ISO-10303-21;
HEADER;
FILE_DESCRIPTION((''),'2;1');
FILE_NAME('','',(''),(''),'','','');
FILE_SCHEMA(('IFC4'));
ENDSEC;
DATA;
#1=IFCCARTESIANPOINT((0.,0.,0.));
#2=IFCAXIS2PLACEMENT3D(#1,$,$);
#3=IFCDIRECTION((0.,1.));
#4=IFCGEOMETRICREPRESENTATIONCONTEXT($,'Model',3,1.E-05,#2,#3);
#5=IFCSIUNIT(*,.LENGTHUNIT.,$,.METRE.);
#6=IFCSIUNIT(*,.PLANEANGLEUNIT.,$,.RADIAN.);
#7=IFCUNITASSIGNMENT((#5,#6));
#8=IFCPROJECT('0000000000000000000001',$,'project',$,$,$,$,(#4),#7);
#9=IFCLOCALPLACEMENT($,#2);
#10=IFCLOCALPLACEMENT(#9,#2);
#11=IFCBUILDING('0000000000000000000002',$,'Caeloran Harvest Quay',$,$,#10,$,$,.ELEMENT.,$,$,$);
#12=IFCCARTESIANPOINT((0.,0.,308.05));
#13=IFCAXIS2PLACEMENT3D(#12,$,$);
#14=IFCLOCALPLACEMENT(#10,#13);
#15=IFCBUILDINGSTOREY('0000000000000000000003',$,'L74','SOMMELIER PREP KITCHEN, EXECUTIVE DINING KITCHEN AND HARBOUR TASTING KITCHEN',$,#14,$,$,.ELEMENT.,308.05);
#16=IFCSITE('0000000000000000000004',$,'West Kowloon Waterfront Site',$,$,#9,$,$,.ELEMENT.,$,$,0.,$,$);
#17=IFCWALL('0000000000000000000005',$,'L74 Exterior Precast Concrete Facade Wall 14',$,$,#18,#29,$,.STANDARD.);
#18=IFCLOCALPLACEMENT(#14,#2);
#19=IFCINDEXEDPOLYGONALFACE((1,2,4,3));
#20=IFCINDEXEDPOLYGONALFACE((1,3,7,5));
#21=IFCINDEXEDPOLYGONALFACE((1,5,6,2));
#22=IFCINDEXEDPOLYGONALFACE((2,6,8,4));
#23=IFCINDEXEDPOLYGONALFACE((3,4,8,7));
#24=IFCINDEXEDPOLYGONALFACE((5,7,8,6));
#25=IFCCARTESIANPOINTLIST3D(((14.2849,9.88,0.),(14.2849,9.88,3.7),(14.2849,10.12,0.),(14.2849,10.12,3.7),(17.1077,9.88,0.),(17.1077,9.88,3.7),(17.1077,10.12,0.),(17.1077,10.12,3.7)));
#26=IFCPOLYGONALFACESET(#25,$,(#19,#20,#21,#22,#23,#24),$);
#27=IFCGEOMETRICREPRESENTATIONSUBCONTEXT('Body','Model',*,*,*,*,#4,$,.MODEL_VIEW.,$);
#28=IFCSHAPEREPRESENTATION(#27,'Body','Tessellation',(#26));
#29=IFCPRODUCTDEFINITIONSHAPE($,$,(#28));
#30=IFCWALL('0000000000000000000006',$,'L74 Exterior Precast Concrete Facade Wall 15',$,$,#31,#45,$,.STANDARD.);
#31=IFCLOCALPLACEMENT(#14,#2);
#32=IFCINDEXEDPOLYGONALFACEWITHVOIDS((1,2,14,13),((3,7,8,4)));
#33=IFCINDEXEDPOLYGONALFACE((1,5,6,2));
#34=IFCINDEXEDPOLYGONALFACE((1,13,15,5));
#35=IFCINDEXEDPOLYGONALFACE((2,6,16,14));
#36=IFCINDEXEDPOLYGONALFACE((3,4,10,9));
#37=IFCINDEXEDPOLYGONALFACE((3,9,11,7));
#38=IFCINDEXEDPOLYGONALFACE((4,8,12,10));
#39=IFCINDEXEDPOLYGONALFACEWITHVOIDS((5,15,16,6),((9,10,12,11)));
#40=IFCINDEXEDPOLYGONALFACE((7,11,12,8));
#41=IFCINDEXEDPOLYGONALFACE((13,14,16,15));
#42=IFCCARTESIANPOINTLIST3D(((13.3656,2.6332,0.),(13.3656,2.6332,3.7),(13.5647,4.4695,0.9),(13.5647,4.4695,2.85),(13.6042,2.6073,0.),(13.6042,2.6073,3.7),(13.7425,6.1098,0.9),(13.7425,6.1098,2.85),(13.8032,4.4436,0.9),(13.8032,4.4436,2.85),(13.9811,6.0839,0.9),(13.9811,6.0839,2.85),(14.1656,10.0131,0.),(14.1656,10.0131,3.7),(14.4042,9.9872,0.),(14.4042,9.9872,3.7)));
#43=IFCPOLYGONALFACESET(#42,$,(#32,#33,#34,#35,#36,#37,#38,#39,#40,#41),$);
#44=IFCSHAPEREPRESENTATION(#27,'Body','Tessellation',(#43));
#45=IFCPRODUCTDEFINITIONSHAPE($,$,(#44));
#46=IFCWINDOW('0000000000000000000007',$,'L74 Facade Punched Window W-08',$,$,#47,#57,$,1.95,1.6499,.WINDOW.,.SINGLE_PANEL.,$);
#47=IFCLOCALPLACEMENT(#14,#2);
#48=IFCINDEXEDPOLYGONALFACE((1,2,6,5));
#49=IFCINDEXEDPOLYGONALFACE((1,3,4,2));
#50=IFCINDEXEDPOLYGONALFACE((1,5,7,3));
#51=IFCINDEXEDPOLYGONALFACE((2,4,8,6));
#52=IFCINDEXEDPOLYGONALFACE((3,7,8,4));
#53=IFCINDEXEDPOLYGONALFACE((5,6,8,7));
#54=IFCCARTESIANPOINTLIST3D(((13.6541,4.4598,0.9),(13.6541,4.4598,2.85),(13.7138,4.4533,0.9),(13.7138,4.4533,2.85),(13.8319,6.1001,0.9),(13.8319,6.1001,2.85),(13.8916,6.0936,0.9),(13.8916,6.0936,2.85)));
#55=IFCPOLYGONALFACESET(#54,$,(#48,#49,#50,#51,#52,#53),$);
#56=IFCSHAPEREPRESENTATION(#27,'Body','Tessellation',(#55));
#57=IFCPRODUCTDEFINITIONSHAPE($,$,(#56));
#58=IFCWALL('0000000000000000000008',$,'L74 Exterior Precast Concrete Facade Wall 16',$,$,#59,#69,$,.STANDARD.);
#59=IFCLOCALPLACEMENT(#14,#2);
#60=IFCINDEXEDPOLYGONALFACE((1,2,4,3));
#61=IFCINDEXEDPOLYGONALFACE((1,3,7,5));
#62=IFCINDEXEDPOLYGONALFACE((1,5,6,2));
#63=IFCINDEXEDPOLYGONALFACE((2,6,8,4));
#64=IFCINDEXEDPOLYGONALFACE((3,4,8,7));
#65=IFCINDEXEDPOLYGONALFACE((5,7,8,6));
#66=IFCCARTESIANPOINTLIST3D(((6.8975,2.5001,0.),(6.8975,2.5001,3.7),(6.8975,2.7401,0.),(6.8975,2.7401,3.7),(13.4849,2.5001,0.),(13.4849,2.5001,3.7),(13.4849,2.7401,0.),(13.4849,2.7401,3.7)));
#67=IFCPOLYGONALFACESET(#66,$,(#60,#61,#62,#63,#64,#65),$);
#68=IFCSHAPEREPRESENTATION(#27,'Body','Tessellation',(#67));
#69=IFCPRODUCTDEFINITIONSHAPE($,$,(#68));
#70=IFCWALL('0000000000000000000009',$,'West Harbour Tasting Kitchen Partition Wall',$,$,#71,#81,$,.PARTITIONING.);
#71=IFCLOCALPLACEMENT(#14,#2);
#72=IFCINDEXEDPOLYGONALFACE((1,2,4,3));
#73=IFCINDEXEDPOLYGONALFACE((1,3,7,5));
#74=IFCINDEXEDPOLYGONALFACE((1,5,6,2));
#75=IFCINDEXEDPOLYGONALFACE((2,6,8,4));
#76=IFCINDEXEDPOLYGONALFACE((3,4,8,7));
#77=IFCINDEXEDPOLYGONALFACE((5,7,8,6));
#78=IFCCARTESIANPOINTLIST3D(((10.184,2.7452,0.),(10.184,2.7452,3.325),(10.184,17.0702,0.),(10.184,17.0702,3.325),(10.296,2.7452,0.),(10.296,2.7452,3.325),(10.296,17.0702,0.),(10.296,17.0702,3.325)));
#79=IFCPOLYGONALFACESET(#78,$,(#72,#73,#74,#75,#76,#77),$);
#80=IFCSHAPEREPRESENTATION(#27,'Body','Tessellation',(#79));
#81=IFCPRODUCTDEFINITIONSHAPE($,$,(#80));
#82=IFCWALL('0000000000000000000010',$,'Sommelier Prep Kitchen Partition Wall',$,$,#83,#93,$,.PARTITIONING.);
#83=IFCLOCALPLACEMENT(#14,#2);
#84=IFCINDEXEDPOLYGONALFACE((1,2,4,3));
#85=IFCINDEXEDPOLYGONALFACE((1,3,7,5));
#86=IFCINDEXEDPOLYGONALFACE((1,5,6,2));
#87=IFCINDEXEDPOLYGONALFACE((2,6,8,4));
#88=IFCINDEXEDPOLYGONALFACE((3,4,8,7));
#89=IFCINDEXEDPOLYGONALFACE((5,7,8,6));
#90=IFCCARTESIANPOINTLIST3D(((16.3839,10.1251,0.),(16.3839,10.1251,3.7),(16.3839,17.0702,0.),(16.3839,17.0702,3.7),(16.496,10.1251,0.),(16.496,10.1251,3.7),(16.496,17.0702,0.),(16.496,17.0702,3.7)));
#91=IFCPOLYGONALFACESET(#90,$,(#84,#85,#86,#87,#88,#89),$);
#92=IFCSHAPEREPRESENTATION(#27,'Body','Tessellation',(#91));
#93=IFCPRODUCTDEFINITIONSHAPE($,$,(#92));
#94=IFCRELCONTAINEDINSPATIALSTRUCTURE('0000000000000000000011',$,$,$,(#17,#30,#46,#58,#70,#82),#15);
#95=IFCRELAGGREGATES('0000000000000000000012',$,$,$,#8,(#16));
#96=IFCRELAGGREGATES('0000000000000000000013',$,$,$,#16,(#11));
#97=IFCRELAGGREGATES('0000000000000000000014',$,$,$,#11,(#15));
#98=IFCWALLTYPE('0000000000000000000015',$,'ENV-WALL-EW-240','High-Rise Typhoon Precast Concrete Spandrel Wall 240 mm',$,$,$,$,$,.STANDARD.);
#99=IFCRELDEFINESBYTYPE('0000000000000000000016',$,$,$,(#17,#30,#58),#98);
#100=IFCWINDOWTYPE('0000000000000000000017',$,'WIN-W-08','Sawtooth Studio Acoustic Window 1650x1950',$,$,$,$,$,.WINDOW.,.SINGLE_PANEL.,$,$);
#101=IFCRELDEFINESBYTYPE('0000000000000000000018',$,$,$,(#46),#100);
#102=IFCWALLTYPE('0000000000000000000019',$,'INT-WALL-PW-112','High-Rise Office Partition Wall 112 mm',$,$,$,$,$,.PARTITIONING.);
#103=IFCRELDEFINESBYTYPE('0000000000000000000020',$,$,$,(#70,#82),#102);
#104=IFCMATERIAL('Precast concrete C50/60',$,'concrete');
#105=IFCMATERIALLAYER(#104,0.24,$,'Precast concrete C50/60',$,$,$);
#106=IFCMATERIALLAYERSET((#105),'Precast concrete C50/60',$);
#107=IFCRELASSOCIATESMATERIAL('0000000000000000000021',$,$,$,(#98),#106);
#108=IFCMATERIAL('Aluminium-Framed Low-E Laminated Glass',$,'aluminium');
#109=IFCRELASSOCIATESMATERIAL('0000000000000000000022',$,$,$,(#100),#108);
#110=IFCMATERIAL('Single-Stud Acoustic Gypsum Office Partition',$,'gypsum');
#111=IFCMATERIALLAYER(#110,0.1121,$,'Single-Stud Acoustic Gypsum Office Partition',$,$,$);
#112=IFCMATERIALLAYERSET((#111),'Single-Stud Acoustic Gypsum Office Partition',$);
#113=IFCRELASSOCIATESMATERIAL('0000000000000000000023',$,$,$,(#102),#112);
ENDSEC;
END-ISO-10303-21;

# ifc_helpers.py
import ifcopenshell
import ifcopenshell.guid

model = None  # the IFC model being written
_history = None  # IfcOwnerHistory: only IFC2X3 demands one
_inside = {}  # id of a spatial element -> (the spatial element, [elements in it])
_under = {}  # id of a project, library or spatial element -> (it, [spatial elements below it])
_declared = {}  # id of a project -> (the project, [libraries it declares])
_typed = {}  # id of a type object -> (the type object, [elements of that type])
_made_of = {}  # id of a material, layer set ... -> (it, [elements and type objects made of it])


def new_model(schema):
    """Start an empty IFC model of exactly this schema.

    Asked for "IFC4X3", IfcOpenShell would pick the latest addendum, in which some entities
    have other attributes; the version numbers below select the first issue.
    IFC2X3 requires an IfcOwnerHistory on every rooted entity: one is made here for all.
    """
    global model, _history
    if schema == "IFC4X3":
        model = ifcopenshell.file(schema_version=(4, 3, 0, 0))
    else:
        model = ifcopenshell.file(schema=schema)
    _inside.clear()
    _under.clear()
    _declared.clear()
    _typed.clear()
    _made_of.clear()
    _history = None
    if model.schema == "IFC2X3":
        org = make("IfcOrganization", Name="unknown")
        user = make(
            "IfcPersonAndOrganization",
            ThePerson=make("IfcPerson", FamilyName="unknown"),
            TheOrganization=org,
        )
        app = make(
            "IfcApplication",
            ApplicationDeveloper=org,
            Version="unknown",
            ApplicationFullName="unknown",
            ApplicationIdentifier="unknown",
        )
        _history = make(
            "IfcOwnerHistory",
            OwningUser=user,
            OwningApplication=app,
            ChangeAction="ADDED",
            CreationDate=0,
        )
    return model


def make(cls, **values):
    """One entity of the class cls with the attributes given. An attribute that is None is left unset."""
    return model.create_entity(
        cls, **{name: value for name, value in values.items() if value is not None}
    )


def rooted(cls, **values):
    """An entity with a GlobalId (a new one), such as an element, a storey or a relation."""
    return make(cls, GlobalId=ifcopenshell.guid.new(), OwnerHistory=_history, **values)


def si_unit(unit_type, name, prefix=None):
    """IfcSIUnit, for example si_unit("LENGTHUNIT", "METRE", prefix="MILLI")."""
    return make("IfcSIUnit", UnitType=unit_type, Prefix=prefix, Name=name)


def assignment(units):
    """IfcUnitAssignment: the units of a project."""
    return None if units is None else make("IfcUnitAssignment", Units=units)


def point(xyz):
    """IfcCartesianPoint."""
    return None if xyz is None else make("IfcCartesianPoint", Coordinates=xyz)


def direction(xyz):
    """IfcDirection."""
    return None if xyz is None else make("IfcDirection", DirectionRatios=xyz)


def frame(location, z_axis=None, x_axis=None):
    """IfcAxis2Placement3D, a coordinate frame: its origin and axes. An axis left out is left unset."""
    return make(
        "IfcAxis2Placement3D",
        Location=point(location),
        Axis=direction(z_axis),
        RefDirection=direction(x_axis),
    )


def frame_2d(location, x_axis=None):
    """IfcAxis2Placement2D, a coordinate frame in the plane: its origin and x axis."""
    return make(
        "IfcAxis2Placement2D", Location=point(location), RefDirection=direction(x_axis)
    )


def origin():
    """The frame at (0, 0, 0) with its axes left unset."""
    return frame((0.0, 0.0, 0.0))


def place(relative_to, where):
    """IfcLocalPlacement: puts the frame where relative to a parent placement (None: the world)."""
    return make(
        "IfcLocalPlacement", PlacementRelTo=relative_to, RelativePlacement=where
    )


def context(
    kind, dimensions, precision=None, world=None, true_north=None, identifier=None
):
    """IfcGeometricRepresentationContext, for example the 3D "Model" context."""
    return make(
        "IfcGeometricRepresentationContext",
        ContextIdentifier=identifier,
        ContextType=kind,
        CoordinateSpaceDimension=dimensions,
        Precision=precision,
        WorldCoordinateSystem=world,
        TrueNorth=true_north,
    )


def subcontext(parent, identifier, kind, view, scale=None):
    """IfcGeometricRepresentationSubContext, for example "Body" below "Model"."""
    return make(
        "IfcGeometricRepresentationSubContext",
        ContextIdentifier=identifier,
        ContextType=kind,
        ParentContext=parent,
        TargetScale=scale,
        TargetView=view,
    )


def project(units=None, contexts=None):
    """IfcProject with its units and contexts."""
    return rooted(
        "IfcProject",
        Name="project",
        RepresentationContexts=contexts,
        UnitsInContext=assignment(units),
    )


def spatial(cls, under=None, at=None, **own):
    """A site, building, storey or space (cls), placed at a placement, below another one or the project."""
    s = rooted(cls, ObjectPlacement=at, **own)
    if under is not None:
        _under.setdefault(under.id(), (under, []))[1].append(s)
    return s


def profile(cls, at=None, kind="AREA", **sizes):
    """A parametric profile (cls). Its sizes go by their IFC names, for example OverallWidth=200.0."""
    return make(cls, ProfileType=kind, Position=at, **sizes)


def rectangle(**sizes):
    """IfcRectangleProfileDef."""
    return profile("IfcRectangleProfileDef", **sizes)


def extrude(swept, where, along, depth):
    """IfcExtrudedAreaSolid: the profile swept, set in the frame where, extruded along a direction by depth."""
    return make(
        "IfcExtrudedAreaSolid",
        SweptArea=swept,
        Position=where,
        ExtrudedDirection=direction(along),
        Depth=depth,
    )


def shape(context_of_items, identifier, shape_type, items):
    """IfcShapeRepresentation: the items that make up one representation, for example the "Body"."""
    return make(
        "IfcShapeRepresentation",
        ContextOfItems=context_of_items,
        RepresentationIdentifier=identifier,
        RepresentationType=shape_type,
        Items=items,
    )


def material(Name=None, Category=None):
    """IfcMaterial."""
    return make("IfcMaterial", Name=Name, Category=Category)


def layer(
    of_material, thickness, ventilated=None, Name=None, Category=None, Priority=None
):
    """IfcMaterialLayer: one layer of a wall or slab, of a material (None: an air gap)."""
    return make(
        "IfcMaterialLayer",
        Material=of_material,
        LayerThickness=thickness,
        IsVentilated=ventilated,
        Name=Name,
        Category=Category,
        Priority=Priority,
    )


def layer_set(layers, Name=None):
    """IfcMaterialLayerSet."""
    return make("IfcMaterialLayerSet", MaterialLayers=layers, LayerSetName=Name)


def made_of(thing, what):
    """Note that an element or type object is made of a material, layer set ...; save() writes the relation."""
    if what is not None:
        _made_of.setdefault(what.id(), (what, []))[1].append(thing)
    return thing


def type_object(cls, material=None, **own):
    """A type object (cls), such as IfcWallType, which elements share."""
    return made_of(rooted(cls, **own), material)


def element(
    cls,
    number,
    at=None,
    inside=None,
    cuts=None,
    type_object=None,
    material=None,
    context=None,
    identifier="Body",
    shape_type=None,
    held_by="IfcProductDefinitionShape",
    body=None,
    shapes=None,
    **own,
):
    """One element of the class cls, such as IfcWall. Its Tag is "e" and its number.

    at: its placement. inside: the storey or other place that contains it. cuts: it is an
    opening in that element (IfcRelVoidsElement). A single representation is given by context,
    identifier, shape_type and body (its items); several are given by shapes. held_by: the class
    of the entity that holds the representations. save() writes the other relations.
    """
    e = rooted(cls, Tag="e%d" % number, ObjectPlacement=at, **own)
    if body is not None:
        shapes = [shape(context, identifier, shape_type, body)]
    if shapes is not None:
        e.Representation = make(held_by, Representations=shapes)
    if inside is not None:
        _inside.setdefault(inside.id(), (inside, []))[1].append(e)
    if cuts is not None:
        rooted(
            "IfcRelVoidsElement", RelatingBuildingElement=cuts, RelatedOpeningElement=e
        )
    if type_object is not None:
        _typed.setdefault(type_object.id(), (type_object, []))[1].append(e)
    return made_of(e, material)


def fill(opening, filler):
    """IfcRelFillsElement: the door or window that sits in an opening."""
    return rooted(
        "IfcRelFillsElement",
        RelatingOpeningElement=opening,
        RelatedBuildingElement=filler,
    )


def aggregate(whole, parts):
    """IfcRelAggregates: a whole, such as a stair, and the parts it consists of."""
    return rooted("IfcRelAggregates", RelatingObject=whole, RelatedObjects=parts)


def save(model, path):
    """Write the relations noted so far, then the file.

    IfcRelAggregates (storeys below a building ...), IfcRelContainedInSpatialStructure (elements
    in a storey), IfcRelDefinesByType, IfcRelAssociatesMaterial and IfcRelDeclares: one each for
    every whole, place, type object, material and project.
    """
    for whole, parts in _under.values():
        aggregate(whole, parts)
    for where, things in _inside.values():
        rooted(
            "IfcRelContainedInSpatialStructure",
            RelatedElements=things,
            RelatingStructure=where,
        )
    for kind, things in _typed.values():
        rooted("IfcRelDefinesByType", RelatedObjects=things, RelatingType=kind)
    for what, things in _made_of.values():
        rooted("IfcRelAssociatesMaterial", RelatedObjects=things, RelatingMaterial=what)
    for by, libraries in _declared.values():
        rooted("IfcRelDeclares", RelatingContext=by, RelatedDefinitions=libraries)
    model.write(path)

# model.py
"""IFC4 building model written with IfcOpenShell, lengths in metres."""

from ifc_helpers import new_model, si_unit, direction, frame, frame_2d, origin, place, context, subcontext, project, spatial, rectangle, extrude, material, layer, layer_set, type_object, element, fill, save


model = new_model("IFC4")

# Units and contexts
model_context = context("Model", 3, precision=1e-05, world=origin(), true_north=direction((0.0, 1.0)))
body_context = subcontext(model_context, "Body", "Model", "MODEL_VIEW")
ifc_project = project(units=[si_unit("LENGTHUNIT", "METRE"), si_unit("PLANEANGLEUNIT", "RADIAN")], contexts=[model_context])

# Site, building, storey
site_placement = place(None, origin())
site = spatial("IfcSite", under=ifc_project, at=site_placement, Name="West Kowloon Waterfront Site", CompositionType="ELEMENT", RefElevation=0.0)
building_placement = place(site_placement, origin())
building = spatial("IfcBuilding", under=site, at=building_placement, Name="Caeloran Harvest Quay", CompositionType="ELEMENT")
storey_placement = place(building_placement, frame((0.0, 0.0, 308.05)))
storey = spatial("IfcBuildingStorey", under=building, at=storey_placement, Name="L74", Description="SOMMELIER PREP KITCHEN, EXECUTIVE DINING KITCHEN AND HARBOUR TASTING KITCHEN", CompositionType="ELEMENT", Elevation=308.05)

# Wall
ifc_material_1 = material(Name="Precast concrete C50/60", Category="concrete")
ifc_layer_1 = layer(ifc_material_1, 0.24, Name="Precast concrete C50/60")
ifc_layer_set_1 = layer_set([ifc_layer_1], Name="Precast concrete C50/60")
wall_type_1 = type_object("IfcWallType", Name="ENV-WALL-EW-240", Description="High-Rise Typhoon Precast Concrete Spandrel Wall 240 mm", PredefinedType="STANDARD", material=ifc_layer_set_1)
wall_1_placement = place(storey_placement, frame((17.1077, 10.0, 0.0), z_axis=(0.0, 0.0, 1.0), x_axis=(-1.0, 0.0, 0.0)))
element("IfcWall", 1, at=wall_1_placement, inside=storey, type_object=wall_type_1, Name="L74 Exterior Precast Concrete Facade Wall 14", PredefinedType="STANDARD", context=body_context, shape_type="SweptSolid", body=[
    extrude(rectangle(XDim=2.8228, YDim=0.24, at=frame_2d((1.4114, 0.0))), origin(), (0.0, 0.0, 1.0), 3.7),
])

# Wall, opening, window
wall_2_placement = place(storey_placement, frame((14.2849, 10.0, 0.0), z_axis=(0.0, 0.0, 1.0), x_axis=(-0.107778, -0.994175, 0.0)))
wall_2 = element("IfcWall", 2, at=wall_2_placement, inside=storey, type_object=wall_type_1, Name="L74 Exterior Precast Concrete Facade Wall 15", PredefinedType="STANDARD", context=body_context, shape_type="SweptSolid", body=[
    extrude(rectangle(XDim=7.4231, YDim=0.24, at=frame_2d((3.7114, 0.0))), origin(), (0.0, 0.0, 1.0), 3.7),
])
opening_placement = place(wall_2_placement, frame((3.926, 0.0, 0.8999)))
opening = element("IfcOpeningElement", 3, at=opening_placement, cuts=wall_2, PredefinedType="OPENING", context=body_context, shape_type="SweptSolid", body=[
    extrude(rectangle(XDim=1.6499, YDim=1.95, at=frame_2d((0.825, 0.9751))), frame((0.0, 0.1299, 0.0), z_axis=(0.0, -1.0, 0.0), x_axis=(1.0, 0.0, 0.0)), (0.0, 0.0, 1.0), 0.26),
])
ifc_material_2 = material(Name="Aluminium-Framed Low-E Laminated Glass", Category="aluminium")
window_type = type_object("IfcWindowType", Name="WIN-W-08", Description="Sawtooth Studio Acoustic Window 1650x1950", PartitioningType="SINGLE_PANEL", PredefinedType="WINDOW", material=ifc_material_2)
window_placement = place(opening_placement, origin())
window = element("IfcWindow", 4, at=window_placement, inside=storey, type_object=window_type, Name="L74 Facade Punched Window W-08", OverallHeight=1.95, OverallWidth=1.6499, PartitioningType="SINGLE_PANEL", PredefinedType="WINDOW", context=body_context, shape_type="SweptSolid", body=[
    extrude(rectangle(XDim=1.6499, YDim=1.95, at=frame_2d((0.825, 0.9751))), frame((0.0, 0.03, 0.0), z_axis=(0.0, -1.0, 0.0), x_axis=(1.0, 0.0, 0.0)), (0.0, 0.0, 1.0), 0.0601),
])
fill(opening, window)

# Walls
wall_3_placement = place(storey_placement, frame((13.4849, 2.6201, 0.0), z_axis=(0.0, 0.0, 1.0), x_axis=(-1.0, 0.0, 0.0)))
element("IfcWall", 5, at=wall_3_placement, inside=storey, type_object=wall_type_1, Name="L74 Exterior Precast Concrete Facade Wall 16", PredefinedType="STANDARD", context=body_context, shape_type="SweptSolid", body=[
    extrude(rectangle(XDim=6.5874, YDim=0.24, at=frame_2d((3.2937, 0.0))), origin(), (0.0, 0.0, 1.0), 3.7),
])
ifc_material_3 = material(Name="Single-Stud Acoustic Gypsum Office Partition", Category="gypsum")
ifc_layer_2 = layer(ifc_material_3, 0.1121, Name="Single-Stud Acoustic Gypsum Office Partition")
ifc_layer_set_2 = layer_set([ifc_layer_2], Name="Single-Stud Acoustic Gypsum Office Partition")
wall_type_2 = type_object("IfcWallType", Name="INT-WALL-PW-112", Description="High-Rise Office Partition Wall 112 mm", PredefinedType="PARTITIONING", material=ifc_layer_set_2)
wall_4_placement = place(storey_placement, frame((10.24, 2.7451, 0.0), z_axis=(0.0, 0.0, 1.0), x_axis=(0.0, 1.0, 0.0)))
element("IfcWall", 6, at=wall_4_placement, inside=storey, type_object=wall_type_2, Name="West Harbour Tasting Kitchen Partition Wall", PredefinedType="PARTITIONING", context=body_context, shape_type="SweptSolid", body=[
    extrude(rectangle(XDim=14.325, YDim=0.1121, at=frame_2d((7.1626, 0.0))), origin(), (0.0, 0.0, 1.0), 3.325),
])
wall_5_placement = place(storey_placement, frame((16.4399, 10.125, 0.0), z_axis=(0.0, 0.0, 1.0), x_axis=(0.0, 1.0, 0.0)))
element("IfcWall", 7, at=wall_5_placement, inside=storey, type_object=wall_type_2, Name="Sommelier Prep Kitchen Partition Wall", PredefinedType="PARTITIONING", context=body_context, shape_type="SweptSolid", body=[
    extrude(rectangle(XDim=6.9451, YDim=0.1121, at=frame_2d((3.4727, 0.0))), origin(), (0.0, 0.0, 1.0), 3.7),
])

save(model, "model.ifc")
